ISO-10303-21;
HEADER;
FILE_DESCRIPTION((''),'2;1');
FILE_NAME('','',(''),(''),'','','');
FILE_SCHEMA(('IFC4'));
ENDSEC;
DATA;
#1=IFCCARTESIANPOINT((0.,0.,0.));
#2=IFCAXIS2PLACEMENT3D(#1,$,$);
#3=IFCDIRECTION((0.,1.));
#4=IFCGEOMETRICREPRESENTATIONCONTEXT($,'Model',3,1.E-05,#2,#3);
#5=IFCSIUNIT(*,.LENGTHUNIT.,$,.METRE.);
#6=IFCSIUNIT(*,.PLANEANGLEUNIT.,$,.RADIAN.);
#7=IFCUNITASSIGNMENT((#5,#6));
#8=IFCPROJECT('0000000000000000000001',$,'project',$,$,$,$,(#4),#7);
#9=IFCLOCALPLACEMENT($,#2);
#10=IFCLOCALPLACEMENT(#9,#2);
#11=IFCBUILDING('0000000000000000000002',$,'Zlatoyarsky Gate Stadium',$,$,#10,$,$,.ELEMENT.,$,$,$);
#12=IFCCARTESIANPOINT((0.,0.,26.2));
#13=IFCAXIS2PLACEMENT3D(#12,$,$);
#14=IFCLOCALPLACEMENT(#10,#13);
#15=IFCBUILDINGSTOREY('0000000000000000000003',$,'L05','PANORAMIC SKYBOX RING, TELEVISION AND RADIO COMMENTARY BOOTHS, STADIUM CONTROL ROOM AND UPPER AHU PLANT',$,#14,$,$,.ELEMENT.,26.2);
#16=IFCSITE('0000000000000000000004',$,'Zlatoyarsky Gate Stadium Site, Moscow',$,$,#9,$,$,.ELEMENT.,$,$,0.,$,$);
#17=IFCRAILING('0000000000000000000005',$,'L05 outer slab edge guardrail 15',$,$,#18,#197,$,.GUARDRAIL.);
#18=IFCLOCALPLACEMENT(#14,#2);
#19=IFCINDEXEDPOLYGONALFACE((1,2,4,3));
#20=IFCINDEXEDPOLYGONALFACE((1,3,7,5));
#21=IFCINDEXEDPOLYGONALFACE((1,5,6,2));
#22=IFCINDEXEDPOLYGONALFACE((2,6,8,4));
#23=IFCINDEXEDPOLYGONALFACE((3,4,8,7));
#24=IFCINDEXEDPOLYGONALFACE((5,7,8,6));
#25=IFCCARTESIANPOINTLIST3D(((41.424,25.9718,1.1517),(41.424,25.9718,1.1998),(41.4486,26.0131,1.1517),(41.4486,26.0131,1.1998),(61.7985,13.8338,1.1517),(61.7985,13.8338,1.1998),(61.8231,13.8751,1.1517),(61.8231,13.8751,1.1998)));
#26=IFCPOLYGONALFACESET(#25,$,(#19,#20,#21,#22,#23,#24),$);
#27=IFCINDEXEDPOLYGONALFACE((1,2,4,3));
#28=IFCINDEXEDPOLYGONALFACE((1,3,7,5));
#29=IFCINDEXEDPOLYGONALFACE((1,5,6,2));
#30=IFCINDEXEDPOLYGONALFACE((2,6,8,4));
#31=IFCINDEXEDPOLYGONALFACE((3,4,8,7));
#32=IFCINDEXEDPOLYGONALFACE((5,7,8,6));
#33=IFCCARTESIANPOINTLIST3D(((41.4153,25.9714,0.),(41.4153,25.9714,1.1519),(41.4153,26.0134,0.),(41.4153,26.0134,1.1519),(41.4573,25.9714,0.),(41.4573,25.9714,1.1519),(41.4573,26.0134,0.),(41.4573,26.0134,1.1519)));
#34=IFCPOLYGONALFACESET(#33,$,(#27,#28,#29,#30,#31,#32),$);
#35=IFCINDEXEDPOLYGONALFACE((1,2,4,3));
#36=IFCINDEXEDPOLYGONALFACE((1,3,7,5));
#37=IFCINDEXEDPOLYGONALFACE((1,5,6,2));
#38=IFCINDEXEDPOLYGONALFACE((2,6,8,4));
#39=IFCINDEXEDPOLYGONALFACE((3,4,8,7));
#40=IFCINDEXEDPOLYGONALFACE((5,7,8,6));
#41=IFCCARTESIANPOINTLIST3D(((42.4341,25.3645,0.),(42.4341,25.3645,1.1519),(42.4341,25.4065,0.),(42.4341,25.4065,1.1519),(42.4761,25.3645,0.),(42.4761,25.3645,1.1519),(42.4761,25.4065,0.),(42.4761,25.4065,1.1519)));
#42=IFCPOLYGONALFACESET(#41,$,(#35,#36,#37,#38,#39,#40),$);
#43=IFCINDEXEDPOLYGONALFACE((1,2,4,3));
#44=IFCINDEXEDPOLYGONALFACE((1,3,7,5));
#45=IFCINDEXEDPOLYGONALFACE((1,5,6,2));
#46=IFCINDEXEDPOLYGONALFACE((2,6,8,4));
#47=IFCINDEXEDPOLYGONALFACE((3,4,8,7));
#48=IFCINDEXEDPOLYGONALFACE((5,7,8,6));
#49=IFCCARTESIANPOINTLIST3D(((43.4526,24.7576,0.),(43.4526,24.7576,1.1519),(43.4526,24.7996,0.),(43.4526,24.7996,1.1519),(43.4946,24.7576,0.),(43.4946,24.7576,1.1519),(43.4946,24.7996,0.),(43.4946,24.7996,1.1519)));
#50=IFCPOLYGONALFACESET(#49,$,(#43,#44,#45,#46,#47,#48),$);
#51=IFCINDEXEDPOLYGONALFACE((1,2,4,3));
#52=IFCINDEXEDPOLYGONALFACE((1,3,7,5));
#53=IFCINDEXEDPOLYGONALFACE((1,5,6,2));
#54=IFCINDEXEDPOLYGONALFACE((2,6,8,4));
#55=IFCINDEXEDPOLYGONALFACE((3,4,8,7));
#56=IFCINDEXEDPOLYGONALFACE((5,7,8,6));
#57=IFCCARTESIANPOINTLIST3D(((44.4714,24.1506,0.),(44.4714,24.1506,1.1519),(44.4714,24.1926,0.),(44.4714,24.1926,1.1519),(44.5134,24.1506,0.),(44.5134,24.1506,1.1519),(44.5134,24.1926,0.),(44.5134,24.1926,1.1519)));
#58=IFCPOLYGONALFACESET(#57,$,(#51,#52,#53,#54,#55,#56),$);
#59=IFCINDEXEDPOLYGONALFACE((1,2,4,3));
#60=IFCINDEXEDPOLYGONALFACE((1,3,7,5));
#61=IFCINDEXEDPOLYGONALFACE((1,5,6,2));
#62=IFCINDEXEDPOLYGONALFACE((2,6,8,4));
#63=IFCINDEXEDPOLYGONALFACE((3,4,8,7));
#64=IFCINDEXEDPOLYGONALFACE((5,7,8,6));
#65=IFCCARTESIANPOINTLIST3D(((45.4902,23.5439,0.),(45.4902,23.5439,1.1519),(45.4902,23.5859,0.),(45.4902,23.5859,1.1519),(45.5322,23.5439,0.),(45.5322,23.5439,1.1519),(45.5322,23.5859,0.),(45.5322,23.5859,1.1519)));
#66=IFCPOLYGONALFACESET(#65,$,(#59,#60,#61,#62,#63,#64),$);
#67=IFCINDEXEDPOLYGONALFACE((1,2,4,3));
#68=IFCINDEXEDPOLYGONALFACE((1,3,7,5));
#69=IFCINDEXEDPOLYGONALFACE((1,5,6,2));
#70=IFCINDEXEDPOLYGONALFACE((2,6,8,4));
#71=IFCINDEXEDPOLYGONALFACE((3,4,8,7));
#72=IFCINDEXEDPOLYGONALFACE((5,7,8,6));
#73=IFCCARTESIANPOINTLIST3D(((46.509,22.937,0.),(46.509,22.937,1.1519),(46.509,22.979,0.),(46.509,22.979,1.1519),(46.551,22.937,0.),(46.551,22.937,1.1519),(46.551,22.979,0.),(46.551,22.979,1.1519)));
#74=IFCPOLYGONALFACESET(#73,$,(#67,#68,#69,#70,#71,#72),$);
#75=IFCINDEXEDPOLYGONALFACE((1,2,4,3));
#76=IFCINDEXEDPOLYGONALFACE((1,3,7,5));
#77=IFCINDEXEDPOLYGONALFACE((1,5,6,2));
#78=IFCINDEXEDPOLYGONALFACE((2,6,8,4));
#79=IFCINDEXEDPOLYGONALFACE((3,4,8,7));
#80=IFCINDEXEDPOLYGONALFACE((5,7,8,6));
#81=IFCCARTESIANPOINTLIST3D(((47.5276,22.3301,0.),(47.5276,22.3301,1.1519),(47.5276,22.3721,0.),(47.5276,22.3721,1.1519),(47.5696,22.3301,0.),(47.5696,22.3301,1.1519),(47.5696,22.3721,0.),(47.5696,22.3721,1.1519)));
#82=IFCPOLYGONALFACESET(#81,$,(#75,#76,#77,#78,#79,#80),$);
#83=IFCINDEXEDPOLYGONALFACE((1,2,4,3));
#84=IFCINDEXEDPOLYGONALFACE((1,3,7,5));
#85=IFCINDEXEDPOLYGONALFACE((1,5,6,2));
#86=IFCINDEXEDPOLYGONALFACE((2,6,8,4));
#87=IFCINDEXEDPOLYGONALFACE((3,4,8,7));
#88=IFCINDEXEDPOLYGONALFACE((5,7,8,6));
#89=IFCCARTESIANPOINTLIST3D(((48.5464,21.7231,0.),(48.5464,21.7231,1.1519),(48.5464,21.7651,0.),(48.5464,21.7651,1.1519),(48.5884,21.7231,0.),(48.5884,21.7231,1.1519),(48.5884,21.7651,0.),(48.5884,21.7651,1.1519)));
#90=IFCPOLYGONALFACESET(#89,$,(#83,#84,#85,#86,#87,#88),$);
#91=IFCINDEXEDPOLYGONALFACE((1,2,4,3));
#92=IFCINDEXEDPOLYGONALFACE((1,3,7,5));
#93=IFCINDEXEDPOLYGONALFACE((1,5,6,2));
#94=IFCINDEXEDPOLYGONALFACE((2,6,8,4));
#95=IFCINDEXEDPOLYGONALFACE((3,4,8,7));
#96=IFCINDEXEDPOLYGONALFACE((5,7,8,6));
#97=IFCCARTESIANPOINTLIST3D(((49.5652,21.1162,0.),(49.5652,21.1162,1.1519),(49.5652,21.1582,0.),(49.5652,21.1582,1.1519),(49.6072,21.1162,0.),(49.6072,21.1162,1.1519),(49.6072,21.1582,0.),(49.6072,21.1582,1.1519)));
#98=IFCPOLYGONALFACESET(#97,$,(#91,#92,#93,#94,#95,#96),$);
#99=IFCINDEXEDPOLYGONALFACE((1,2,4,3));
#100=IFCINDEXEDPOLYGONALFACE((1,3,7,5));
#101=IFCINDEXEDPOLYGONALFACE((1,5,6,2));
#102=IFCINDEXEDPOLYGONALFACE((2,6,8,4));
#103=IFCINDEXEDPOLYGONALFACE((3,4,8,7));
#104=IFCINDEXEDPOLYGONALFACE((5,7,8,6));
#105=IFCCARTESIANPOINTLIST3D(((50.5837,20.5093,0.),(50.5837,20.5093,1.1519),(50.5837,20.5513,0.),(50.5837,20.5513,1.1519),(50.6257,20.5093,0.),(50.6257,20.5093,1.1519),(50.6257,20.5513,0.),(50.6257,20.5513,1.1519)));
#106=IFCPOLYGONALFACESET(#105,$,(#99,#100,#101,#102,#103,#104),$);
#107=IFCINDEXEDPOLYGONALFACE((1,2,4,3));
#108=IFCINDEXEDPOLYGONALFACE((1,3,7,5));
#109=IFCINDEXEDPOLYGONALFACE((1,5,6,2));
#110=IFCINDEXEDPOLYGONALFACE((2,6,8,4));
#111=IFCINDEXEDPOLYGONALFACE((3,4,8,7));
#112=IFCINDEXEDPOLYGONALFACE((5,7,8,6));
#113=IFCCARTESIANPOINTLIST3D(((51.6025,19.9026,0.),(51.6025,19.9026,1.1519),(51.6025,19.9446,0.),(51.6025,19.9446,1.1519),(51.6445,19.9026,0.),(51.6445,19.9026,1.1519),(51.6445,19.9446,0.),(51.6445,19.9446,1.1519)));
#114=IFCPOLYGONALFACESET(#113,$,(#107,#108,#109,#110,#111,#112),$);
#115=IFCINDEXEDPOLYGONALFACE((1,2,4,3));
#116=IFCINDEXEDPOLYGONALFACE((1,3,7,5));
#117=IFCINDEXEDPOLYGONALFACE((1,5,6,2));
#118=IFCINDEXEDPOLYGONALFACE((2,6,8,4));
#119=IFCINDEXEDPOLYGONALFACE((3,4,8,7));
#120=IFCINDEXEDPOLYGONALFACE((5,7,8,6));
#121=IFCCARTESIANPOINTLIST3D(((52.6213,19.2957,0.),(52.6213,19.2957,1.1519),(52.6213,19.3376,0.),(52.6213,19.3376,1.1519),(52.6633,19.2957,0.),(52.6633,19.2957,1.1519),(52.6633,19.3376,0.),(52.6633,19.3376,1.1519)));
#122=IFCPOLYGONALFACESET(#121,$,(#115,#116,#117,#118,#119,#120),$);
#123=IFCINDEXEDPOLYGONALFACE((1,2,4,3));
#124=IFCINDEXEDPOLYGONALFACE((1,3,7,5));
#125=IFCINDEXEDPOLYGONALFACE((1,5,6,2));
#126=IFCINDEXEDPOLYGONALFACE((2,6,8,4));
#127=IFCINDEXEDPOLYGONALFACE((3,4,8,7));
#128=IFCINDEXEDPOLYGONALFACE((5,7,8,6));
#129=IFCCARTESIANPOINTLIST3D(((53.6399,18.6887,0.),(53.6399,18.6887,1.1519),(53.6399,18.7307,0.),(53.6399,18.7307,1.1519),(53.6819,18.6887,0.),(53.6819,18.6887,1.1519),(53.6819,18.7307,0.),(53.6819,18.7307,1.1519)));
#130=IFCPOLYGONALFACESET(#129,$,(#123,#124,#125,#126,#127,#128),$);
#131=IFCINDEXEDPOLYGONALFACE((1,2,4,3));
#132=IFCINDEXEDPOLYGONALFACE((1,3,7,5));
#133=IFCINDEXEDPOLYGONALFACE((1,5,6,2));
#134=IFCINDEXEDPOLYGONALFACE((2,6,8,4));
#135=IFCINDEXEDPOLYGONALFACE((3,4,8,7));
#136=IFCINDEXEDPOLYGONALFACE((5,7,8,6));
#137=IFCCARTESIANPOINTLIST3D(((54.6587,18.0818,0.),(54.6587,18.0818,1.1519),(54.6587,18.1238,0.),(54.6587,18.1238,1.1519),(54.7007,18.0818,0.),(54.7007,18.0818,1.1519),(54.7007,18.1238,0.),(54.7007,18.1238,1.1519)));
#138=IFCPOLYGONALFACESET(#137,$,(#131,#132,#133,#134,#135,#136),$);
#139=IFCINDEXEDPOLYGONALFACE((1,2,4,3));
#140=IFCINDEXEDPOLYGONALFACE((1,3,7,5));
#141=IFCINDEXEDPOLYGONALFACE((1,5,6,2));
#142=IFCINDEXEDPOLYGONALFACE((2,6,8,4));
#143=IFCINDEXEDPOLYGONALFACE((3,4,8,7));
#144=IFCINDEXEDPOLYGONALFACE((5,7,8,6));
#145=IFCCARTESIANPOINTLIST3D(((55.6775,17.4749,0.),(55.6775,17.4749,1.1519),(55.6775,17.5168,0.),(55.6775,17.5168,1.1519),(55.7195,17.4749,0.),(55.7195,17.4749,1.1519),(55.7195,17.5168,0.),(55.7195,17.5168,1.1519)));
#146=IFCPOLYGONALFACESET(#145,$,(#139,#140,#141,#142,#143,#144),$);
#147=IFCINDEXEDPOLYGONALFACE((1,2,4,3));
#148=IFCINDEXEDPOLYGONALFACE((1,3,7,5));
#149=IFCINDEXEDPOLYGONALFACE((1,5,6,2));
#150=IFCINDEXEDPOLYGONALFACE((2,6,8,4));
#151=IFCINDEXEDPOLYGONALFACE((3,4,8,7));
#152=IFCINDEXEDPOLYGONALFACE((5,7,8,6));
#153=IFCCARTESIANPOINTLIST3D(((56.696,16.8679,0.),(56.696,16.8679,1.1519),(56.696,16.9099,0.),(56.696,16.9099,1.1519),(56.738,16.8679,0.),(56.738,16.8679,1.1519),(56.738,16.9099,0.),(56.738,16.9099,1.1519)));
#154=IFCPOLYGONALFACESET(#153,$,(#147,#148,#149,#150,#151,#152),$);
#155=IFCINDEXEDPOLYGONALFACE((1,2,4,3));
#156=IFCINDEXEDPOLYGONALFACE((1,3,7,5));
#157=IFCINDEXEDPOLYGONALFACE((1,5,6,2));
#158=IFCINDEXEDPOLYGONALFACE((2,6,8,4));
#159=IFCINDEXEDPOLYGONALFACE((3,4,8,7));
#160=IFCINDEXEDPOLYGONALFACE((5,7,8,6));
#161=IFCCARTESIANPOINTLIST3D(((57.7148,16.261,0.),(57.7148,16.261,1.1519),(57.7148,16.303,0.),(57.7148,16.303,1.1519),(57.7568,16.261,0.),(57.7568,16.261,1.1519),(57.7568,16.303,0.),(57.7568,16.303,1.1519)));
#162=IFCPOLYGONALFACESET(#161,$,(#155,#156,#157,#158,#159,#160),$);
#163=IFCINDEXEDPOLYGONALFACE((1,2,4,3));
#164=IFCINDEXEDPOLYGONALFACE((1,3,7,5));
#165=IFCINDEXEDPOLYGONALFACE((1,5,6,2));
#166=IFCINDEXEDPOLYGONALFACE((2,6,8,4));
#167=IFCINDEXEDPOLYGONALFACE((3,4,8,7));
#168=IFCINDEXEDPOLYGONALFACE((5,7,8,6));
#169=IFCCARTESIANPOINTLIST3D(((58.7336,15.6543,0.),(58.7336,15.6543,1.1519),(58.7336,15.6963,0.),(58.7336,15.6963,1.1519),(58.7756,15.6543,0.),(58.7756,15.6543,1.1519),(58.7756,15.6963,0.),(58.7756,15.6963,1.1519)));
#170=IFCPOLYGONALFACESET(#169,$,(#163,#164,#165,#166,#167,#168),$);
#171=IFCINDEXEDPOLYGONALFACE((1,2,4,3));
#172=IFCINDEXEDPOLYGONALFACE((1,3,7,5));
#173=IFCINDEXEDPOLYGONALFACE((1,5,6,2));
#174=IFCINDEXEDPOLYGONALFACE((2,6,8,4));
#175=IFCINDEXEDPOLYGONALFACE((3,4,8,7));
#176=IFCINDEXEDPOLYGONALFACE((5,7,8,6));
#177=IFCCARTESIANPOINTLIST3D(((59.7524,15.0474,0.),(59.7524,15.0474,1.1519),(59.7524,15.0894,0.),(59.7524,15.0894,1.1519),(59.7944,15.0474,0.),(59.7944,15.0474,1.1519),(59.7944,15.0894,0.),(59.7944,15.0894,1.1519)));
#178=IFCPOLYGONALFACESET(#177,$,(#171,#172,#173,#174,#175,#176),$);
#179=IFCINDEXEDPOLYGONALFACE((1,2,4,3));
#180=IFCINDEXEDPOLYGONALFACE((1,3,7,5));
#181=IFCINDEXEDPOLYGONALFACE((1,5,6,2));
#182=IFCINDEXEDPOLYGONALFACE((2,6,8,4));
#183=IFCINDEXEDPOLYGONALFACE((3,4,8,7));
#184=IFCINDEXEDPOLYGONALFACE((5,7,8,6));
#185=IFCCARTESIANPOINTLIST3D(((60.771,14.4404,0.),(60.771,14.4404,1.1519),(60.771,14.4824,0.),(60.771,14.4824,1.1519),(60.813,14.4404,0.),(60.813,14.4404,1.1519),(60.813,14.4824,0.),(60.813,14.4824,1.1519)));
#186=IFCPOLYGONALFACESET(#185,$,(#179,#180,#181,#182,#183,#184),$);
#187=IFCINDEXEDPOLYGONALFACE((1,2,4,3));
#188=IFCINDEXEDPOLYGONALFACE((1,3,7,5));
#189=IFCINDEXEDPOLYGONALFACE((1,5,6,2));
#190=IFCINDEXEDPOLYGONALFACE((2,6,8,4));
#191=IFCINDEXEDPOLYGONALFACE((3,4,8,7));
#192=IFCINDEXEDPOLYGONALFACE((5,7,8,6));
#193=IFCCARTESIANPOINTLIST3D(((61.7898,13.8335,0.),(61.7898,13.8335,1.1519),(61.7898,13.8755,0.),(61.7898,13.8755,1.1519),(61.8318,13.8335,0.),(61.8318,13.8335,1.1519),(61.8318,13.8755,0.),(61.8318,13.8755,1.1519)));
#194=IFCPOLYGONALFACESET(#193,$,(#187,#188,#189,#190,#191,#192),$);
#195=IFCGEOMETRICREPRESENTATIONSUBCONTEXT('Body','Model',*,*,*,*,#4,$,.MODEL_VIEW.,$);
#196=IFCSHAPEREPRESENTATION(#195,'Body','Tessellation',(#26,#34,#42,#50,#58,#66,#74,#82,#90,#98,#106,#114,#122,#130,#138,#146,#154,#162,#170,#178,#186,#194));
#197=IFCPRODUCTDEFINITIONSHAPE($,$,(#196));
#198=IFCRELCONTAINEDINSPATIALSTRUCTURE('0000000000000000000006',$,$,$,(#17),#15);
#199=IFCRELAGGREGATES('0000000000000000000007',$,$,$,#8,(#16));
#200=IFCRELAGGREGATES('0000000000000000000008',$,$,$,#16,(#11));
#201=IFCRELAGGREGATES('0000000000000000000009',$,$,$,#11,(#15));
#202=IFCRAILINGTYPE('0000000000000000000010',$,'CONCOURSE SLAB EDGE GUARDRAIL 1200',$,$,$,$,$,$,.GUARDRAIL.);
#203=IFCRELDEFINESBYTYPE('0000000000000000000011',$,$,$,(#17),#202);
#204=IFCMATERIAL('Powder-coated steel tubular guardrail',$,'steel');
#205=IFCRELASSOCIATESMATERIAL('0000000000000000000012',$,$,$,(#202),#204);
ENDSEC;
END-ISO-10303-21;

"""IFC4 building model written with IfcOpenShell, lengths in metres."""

from ifc_helpers import new_model, si_unit, direction, frame, origin, origin_2d, place, context, subcontext, project, spatial, rectangle, extrude, material, type_object, element, save


model = new_model("IFC4")

# Units and contexts
model_context = context("Model", 3, precision=1e-05, world=origin(), true_north=direction((0.0, 1.0)))
body_context = subcontext(model_context, "Body", "Model", "MODEL_VIEW")
ifc_project = project(units=[si_unit("LENGTHUNIT", "METRE"), si_unit("PLANEANGLEUNIT", "RADIAN")], contexts=[model_context])

# Site, building, storey
site_placement = place(None, origin())
site = spatial("IfcSite", under=ifc_project, at=site_placement, Name="Zlatoyarsky Gate Stadium Site, Moscow", CompositionType="ELEMENT", RefElevation=0.0)
building_placement = place(site_placement, origin())
building = spatial("IfcBuilding", under=site, at=building_placement, Name="Zlatoyarsky Gate Stadium", CompositionType="ELEMENT")
storey_placement = place(building_placement, frame((0.0, 0.0, 26.2)))
storey = spatial("IfcBuildingStorey", under=building, at=storey_placement, Name="L05", Description="PANORAMIC SKYBOX RING, TELEVISION AND RADIO COMMENTARY BOOTHS, STADIUM CONTROL ROOM AND UPPER AHU PLANT", CompositionType="ELEMENT", Elevation=26.2)

# Railing
ifc_material_1 = material(Name="Powder-coated steel tubular guardrail", Category="steel")
railing_type = type_object("IfcRailingType", Name="CONCOURSE SLAB EDGE GUARDRAIL 1200", PredefinedType="GUARDRAIL", material=ifc_material_1)
railing_placement = place(storey_placement, frame((41.4363, 25.9924, 0.0)))
element("IfcRailing", 1, at=railing_placement, inside=storey, type_object=railing_type, Name="L05 outer slab edge guardrail 15", PredefinedType="GUARDRAIL", context=body_context, shape_type="SweptSolid", body=[
    extrude(rectangle(XDim=0.0481, YDim=0.0481, at=origin_2d()), frame((0.0, 0.0, 1.1758), z_axis=(0.859103, -0.511803, 0.0), x_axis=(0.511803, 0.859103, 0.0)), (0.0, 0.0, 1.0), 23.7161),
    extrude(rectangle(XDim=0.042, YDim=0.042, at=origin_2d()), origin(), (0.0, 0.0, 1.0), 1.1519),
    extrude(rectangle(XDim=0.042, YDim=0.042, at=origin_2d()), frame((1.0188, -0.6069, 0.0)), (0.0, 0.0, 1.0), 1.1519),
    extrude(rectangle(XDim=0.042, YDim=0.042, at=origin_2d()), frame((2.0374, -1.2139, 0.0)), (0.0, 0.0, 1.0), 1.1519),
    extrude(rectangle(XDim=0.042, YDim=0.042, at=origin_2d()), frame((3.0562, -1.8208, 0.0)), (0.0, 0.0, 1.0), 1.1519),
    extrude(rectangle(XDim=0.042, YDim=0.042, at=origin_2d()), frame((4.075, -2.4275, 0.0)), (0.0, 0.0, 1.0), 1.1519),
    extrude(rectangle(XDim=0.042, YDim=0.042, at=origin_2d()), frame((5.0938, -3.0344, 0.0)), (0.0, 0.0, 1.0), 1.1519),
    extrude(rectangle(XDim=0.042, YDim=0.042, at=origin_2d()), frame((6.1123, -3.6414, 0.0)), (0.0, 0.0, 1.0), 1.1519),
    extrude(rectangle(XDim=0.042, YDim=0.042, at=origin_2d()), frame((7.1311, -4.2483, 0.0)), (0.0, 0.0, 1.0), 1.1519),
    extrude(rectangle(XDim=0.042, YDim=0.042, at=origin_2d()), frame((8.1499, -4.8552, 0.0)), (0.0, 0.0, 1.0), 1.1519),
    extrude(rectangle(XDim=0.042, YDim=0.042, at=origin_2d()), frame((9.1685, -5.4622, 0.0)), (0.0, 0.0, 1.0), 1.1519),
    extrude(rectangle(XDim=0.042, YDim=0.042, at=origin_2d()), frame((10.1873, -6.0688, 0.0)), (0.0, 0.0, 1.0), 1.1519),
    extrude(rectangle(XDim=0.042, YDim=0.042, at=origin_2d()), frame((11.2061, -6.6758, 0.0)), (0.0, 0.0, 1.0), 1.1519),
    extrude(rectangle(XDim=0.042, YDim=0.042, at=origin_2d()), frame((12.2246, -7.2827, 0.0)), (0.0, 0.0, 1.0), 1.1519),
    extrude(rectangle(XDim=0.042, YDim=0.042, at=origin_2d()), frame((13.2434, -7.8896, 0.0)), (0.0, 0.0, 1.0), 1.1519),
    extrude(rectangle(XDim=0.042, YDim=0.042, at=origin_2d()), frame((14.2622, -8.4966, 0.0)), (0.0, 0.0, 1.0), 1.1519),
    extrude(rectangle(XDim=0.042, YDim=0.042, at=origin_2d()), frame((15.2808, -9.1035, 0.0)), (0.0, 0.0, 1.0), 1.1519),
    extrude(rectangle(XDim=0.042, YDim=0.042, at=origin_2d()), frame((16.2996, -9.7104, 0.0)), (0.0, 0.0, 1.0), 1.1519),
    extrude(rectangle(XDim=0.042, YDim=0.042, at=origin_2d()), frame((17.3184, -10.3171, 0.0)), (0.0, 0.0, 1.0), 1.1519),
    extrude(rectangle(XDim=0.042, YDim=0.042, at=origin_2d()), frame((18.3372, -10.9241, 0.0)), (0.0, 0.0, 1.0), 1.1519),
    extrude(rectangle(XDim=0.042, YDim=0.042, at=origin_2d()), frame((19.3557, -11.531, 0.0)), (0.0, 0.0, 1.0), 1.1519),
    extrude(rectangle(XDim=0.042, YDim=0.042, at=origin_2d()), frame((20.3745, -12.1379, 0.0)), (0.0, 0.0, 1.0), 1.1519),
])

save(model, "model.ifc")
